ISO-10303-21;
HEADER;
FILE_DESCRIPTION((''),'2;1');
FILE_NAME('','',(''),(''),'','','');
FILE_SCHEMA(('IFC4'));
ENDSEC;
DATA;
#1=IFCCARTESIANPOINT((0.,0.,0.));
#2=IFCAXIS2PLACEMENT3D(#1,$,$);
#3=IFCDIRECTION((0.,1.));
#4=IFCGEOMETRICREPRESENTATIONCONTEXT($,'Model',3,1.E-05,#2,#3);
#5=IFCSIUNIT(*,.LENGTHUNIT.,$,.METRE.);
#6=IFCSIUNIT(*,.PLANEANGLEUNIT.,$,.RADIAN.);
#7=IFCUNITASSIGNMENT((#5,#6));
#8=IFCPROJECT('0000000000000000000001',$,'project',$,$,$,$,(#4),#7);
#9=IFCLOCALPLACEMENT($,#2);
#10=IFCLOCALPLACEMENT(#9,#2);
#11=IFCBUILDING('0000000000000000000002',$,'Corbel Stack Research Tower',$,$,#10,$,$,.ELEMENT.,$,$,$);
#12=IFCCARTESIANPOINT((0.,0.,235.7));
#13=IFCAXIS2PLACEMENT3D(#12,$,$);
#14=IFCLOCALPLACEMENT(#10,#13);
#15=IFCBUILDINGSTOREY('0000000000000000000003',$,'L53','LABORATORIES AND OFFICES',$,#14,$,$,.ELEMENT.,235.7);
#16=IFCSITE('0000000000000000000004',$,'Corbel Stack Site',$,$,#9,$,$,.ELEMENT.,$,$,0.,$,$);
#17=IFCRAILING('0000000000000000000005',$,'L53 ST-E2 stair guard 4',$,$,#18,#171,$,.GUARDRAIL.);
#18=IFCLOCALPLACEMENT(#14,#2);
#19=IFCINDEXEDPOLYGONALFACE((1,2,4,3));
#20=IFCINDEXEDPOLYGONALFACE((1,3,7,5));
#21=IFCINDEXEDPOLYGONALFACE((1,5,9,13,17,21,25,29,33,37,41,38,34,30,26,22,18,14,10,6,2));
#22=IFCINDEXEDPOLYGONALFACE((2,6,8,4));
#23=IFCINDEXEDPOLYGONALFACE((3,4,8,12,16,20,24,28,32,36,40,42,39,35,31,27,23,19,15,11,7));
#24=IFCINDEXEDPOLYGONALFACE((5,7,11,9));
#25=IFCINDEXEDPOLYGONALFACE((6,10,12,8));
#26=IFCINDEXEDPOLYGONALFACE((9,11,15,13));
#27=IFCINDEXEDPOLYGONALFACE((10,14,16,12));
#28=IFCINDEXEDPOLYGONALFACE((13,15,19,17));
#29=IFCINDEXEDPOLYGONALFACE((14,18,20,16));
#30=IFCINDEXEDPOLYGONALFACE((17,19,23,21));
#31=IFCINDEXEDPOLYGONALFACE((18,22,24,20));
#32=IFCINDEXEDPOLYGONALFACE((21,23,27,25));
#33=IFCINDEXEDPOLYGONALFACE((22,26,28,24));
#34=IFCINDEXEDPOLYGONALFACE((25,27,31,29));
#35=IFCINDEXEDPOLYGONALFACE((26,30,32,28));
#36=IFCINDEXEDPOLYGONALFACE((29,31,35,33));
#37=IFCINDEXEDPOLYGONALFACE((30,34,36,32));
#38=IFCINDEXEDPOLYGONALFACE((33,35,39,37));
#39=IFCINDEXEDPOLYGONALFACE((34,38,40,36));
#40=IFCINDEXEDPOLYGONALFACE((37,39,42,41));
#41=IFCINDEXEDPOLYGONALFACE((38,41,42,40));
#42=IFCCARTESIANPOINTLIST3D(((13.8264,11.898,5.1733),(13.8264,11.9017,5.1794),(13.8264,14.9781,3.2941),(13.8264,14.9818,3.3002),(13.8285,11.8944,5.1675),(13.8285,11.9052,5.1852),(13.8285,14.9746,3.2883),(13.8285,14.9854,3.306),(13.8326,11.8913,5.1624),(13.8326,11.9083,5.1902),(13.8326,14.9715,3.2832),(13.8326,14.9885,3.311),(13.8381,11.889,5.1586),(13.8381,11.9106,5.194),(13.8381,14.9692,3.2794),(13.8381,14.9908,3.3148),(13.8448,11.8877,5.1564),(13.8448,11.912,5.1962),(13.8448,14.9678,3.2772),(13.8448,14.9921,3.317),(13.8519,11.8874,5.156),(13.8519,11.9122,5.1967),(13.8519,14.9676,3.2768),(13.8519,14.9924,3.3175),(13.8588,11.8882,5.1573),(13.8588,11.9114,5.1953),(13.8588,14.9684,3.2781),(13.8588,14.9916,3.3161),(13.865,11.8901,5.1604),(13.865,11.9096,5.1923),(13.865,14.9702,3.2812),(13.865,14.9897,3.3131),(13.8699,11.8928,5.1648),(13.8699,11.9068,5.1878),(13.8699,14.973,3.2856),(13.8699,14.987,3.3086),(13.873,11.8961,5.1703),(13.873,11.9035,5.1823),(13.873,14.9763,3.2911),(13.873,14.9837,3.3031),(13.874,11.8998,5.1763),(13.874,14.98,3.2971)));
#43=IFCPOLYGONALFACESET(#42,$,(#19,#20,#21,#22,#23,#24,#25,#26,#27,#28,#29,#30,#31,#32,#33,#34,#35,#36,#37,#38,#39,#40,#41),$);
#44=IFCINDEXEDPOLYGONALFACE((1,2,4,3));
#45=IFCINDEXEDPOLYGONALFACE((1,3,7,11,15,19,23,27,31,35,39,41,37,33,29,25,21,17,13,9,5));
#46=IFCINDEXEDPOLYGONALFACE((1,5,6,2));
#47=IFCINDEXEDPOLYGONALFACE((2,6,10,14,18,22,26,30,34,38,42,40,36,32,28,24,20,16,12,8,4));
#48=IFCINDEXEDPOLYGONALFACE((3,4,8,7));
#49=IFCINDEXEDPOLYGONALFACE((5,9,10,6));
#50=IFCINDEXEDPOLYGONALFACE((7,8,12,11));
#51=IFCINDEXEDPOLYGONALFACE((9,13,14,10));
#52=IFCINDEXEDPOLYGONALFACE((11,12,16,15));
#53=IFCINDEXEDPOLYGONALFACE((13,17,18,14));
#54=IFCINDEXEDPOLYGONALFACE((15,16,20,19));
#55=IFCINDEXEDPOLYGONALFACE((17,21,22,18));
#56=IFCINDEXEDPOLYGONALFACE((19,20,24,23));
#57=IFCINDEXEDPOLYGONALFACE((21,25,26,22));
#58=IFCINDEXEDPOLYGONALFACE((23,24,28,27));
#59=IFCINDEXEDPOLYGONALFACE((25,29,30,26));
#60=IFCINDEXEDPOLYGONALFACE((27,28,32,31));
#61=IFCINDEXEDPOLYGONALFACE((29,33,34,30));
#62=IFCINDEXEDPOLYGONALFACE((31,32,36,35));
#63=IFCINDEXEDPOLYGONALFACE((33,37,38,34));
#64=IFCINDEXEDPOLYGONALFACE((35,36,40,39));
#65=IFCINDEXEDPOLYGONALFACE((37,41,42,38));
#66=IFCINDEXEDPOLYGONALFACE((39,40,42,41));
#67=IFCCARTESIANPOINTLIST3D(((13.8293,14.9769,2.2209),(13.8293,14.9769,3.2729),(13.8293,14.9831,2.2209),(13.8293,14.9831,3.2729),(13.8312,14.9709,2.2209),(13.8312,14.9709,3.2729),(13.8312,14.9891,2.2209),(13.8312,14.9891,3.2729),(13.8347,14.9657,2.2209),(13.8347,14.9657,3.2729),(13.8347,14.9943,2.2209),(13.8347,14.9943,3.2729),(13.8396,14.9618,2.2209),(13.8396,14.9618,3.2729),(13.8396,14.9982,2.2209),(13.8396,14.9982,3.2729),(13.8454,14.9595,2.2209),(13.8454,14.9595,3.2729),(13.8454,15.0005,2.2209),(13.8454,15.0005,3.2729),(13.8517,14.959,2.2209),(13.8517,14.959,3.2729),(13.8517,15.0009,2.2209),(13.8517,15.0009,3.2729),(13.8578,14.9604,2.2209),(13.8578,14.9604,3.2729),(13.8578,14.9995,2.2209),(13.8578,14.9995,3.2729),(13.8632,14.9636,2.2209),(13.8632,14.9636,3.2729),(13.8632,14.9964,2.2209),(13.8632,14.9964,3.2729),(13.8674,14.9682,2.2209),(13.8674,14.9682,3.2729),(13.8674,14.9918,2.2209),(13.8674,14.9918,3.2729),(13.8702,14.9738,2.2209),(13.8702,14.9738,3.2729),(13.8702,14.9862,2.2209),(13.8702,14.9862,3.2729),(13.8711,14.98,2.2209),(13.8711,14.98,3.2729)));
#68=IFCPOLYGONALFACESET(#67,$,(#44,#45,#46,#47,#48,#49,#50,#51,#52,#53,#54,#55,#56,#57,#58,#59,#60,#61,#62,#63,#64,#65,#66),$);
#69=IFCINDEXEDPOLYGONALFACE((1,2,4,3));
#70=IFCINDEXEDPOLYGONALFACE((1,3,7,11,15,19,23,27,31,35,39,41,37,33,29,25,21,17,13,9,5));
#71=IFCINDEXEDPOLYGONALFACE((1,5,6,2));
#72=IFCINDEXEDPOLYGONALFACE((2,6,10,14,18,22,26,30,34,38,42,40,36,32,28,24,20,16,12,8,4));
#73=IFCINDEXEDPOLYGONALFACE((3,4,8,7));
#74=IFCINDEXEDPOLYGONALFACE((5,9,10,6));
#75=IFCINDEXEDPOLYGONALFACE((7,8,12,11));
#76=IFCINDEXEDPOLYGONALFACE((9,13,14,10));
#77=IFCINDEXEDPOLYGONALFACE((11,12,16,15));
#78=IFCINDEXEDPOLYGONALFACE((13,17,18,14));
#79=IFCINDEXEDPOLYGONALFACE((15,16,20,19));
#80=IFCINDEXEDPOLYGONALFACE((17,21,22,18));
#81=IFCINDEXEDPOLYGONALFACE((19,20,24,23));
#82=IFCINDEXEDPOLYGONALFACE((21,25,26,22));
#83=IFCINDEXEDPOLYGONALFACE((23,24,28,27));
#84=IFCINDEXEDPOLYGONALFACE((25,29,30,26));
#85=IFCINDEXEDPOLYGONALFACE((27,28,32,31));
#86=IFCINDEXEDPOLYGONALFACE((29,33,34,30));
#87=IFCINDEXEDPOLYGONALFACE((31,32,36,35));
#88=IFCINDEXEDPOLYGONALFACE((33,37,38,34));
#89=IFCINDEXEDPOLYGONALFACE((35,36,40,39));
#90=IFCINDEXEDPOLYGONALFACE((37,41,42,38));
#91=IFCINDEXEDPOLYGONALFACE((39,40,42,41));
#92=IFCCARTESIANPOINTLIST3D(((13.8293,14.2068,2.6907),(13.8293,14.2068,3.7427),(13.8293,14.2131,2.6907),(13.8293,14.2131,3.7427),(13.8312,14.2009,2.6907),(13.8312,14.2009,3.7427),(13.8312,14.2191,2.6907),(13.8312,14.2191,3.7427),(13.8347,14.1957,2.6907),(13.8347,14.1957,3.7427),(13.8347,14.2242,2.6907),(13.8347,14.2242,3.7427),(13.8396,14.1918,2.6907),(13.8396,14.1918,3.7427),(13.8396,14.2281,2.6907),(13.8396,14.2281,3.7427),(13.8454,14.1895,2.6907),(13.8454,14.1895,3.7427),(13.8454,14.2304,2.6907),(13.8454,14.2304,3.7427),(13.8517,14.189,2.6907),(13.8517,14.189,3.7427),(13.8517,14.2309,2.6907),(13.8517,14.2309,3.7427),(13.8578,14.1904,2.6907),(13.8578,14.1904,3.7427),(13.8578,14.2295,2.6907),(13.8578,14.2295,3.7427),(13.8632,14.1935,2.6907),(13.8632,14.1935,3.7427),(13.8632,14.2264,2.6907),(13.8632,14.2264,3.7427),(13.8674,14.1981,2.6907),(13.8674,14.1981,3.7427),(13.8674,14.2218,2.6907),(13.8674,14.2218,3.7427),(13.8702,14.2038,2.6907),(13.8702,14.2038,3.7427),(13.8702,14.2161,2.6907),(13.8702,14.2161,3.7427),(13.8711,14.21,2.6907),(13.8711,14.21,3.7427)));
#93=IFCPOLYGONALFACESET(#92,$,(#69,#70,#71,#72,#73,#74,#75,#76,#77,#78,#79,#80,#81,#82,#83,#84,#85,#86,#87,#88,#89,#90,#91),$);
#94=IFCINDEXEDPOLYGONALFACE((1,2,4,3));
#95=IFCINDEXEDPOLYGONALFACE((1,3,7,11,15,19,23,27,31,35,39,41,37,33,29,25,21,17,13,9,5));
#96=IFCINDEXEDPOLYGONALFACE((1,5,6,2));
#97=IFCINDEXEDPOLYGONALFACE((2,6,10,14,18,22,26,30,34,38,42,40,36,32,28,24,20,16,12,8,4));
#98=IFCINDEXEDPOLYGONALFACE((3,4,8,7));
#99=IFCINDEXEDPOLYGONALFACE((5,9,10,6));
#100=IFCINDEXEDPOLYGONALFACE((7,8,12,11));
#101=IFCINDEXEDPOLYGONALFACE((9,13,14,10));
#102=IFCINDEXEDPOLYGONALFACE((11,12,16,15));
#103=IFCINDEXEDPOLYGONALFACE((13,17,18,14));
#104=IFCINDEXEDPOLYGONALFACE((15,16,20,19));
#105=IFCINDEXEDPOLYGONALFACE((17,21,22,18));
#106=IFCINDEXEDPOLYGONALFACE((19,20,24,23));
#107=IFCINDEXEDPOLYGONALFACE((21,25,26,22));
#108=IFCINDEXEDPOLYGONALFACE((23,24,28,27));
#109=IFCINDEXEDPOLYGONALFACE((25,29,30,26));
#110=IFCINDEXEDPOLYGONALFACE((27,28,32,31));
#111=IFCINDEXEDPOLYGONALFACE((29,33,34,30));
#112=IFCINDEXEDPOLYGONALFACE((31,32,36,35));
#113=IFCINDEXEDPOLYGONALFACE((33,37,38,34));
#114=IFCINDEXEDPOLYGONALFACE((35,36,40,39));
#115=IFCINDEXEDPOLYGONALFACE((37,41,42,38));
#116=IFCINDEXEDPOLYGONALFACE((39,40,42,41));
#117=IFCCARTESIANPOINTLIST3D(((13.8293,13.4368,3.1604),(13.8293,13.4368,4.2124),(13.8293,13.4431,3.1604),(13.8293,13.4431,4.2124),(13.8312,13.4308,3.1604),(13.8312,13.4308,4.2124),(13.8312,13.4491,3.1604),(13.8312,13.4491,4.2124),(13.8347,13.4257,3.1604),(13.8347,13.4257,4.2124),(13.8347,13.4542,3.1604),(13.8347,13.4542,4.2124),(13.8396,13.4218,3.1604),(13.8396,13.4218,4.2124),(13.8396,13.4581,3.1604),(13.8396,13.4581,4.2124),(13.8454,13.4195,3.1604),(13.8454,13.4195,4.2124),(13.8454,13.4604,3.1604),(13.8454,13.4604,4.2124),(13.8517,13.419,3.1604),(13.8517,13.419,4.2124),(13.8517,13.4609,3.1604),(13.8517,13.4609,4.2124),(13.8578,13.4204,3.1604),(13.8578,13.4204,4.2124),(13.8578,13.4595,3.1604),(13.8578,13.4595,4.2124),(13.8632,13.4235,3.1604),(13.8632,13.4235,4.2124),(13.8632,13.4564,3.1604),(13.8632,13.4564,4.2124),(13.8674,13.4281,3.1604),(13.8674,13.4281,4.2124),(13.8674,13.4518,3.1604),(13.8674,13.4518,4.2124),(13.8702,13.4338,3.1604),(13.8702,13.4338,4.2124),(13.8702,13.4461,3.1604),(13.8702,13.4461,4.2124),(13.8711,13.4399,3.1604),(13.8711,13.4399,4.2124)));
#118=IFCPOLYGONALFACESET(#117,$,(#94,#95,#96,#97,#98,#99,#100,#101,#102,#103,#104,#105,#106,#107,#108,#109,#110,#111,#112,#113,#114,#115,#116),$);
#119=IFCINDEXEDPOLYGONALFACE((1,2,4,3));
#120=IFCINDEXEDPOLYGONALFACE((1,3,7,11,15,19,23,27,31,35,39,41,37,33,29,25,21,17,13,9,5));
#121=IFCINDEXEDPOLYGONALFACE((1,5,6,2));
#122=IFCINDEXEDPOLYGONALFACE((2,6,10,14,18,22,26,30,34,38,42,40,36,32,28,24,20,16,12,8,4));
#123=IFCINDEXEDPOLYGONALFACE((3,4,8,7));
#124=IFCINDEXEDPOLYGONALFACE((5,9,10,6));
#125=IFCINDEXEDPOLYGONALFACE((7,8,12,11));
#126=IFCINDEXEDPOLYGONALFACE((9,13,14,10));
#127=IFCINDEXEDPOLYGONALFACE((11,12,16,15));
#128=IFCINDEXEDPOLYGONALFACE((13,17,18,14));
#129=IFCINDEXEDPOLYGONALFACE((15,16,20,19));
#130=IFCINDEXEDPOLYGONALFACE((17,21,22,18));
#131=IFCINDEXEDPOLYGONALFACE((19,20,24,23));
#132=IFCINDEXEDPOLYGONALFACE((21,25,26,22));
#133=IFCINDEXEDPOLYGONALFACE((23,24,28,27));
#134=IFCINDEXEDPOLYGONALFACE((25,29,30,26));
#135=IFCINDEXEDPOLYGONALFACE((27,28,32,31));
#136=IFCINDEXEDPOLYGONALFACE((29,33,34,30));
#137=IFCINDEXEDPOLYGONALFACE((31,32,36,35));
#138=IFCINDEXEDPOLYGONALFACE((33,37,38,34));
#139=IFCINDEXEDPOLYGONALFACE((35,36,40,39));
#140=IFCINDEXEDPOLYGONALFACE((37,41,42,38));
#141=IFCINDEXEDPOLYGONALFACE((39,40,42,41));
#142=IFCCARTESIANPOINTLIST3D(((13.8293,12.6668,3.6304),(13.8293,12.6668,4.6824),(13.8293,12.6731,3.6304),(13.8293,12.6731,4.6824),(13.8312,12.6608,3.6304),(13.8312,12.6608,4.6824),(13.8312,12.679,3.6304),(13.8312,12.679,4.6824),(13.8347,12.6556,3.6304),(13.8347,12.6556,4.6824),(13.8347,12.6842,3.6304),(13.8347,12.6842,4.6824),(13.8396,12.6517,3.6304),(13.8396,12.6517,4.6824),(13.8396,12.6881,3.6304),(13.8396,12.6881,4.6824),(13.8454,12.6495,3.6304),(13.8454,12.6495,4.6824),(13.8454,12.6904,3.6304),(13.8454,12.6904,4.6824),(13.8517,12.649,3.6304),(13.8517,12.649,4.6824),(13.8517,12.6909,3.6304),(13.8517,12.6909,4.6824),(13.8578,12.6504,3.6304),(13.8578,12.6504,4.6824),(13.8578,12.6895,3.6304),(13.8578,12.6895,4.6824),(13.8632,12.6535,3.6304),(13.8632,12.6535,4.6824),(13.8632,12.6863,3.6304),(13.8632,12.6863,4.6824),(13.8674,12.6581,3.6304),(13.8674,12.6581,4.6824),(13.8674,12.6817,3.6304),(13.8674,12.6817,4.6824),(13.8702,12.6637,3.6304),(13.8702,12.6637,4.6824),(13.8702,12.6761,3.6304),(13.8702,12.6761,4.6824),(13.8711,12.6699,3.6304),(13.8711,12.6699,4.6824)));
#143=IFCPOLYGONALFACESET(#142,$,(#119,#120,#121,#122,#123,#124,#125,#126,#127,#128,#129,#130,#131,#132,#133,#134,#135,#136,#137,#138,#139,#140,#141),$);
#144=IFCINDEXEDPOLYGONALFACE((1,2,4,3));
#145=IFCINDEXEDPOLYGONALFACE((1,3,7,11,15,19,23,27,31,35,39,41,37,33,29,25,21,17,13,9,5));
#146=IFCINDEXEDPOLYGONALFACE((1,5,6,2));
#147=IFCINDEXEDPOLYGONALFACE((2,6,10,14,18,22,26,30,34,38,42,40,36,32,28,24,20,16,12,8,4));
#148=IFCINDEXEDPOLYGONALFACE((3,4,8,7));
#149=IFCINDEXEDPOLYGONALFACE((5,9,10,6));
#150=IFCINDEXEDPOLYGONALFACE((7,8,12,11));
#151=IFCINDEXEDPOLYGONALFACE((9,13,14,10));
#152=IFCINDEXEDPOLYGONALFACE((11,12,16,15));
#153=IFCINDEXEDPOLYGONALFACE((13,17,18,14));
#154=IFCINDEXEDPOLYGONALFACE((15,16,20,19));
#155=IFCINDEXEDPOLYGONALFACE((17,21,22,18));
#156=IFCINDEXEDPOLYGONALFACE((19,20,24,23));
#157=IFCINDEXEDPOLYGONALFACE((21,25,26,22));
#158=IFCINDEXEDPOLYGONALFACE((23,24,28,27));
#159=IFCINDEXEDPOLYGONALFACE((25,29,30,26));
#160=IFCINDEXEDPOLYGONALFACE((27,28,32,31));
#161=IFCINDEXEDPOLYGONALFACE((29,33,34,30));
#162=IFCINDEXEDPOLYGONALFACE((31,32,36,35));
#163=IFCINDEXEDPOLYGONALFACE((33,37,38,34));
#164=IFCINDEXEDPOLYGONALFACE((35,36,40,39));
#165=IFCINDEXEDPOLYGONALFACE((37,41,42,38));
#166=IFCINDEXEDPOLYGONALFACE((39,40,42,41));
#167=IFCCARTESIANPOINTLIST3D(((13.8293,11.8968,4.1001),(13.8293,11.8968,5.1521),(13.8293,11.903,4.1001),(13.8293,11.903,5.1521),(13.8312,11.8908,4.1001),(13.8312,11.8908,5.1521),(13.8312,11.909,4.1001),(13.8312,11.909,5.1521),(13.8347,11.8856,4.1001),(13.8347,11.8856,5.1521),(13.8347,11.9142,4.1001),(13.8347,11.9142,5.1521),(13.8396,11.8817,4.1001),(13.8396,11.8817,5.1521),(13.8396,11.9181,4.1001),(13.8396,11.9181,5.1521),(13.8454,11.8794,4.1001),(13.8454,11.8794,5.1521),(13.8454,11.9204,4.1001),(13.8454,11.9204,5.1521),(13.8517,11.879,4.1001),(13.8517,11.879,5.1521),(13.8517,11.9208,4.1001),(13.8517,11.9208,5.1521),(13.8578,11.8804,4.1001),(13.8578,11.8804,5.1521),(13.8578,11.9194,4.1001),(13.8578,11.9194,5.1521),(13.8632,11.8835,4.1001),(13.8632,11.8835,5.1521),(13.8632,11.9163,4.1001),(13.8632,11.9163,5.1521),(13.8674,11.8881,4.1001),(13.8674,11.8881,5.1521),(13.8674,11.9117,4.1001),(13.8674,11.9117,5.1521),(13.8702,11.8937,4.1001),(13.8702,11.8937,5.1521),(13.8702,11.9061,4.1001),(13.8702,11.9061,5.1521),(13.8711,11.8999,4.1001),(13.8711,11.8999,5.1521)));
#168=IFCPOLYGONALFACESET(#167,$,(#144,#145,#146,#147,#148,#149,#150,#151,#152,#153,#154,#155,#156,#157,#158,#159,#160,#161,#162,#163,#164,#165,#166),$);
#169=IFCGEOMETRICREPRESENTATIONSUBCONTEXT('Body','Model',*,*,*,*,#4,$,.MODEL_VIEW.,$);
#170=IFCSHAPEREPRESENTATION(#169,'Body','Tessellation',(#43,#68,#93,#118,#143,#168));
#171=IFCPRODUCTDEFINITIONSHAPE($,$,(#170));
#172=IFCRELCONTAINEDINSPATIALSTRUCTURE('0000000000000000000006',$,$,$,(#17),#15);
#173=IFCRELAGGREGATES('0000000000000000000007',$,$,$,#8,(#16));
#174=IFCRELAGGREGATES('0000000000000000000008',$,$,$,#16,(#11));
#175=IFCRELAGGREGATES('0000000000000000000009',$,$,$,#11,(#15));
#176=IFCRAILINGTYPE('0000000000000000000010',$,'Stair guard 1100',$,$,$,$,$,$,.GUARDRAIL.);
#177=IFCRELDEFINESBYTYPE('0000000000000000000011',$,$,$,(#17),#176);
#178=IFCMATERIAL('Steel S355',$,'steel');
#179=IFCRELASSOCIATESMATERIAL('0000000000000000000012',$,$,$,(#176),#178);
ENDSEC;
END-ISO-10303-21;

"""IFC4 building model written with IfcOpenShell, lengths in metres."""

from ifc_helpers import new_model, si_unit, direction, frame, origin, origin_2d, place, context, subcontext, project, spatial, circle, extrude, material, type_object, element, save


model = new_model("IFC4")

# Units and contexts
model_context = context("Model", 3, precision=1e-05, world=origin(), true_north=direction((0.0, 1.0)))
body_context = subcontext(model_context, "Body", "Model", "MODEL_VIEW")
ifc_project = project(units=[si_unit("LENGTHUNIT", "METRE"), si_unit("PLANEANGLEUNIT", "RADIAN")], contexts=[model_context])

# Site, building, storey
site_placement = place(None, origin())
site = spatial("IfcSite", under=ifc_project, at=site_placement, Name="Corbel Stack Site", CompositionType="ELEMENT", RefElevation=0.0)
building_placement = place(site_placement, origin())
building = spatial("IfcBuilding", under=site, at=building_placement, Name="Corbel Stack Research Tower", CompositionType="ELEMENT")
storey_placement = place(building_placement, frame((0.0, 0.0, 235.7)))
storey = spatial("IfcBuildingStorey", under=building, at=storey_placement, Name="L53", Description="LABORATORIES AND OFFICES", CompositionType="ELEMENT", Elevation=235.7)

# Railing
ifc_material_1 = material(Name="Steel S355", Category="steel")
railing_type_1 = type_object("IfcRailingType", Name="Stair guard 1100", PredefinedType="GUARDRAIL", material=ifc_material_1)
railing_1_placement = place(storey_placement, frame((13.8501, 14.98, 2.2209)))
element("IfcRailing", 1, at=railing_1_placement, inside=storey, type_object=railing_type_1, Name="L53 ST-E2 stair guard 4", PredefinedType="GUARDRAIL", context=body_context, shape_type="SweptSolid", body=[
    extrude(circle(Radius=0.0239, at=origin_2d()), frame((0.0, 0.0, 1.0762), z_axis=(0.0, -0.853666, 0.52082), x_axis=(1.0, 0.0, 0.0)), (0.0, 0.0, 1.0), 3.6082),
    extrude(circle(Radius=0.021, at=origin_2d()), origin(), (0.0, 0.0, 1.0), 1.052),
    extrude(circle(Radius=0.021, at=origin_2d()), frame((0.0, -0.77, 0.4697)), (0.0, 0.0, 1.0), 1.052),
    extrude(circle(Radius=0.021, at=origin_2d()), frame((0.0, -1.54, 0.9395)), (0.0, 0.0, 1.0), 1.052),
    extrude(circle(Radius=0.021, at=origin_2d()), frame((0.0, -2.3101, 1.4094)), (0.0, 0.0, 1.0), 1.052),
    extrude(circle(Radius=0.021, at=origin_2d()), frame((0.0, -3.0801, 1.8792)), (0.0, 0.0, 1.0), 1.052),
])

save(model, "model.ifc")
